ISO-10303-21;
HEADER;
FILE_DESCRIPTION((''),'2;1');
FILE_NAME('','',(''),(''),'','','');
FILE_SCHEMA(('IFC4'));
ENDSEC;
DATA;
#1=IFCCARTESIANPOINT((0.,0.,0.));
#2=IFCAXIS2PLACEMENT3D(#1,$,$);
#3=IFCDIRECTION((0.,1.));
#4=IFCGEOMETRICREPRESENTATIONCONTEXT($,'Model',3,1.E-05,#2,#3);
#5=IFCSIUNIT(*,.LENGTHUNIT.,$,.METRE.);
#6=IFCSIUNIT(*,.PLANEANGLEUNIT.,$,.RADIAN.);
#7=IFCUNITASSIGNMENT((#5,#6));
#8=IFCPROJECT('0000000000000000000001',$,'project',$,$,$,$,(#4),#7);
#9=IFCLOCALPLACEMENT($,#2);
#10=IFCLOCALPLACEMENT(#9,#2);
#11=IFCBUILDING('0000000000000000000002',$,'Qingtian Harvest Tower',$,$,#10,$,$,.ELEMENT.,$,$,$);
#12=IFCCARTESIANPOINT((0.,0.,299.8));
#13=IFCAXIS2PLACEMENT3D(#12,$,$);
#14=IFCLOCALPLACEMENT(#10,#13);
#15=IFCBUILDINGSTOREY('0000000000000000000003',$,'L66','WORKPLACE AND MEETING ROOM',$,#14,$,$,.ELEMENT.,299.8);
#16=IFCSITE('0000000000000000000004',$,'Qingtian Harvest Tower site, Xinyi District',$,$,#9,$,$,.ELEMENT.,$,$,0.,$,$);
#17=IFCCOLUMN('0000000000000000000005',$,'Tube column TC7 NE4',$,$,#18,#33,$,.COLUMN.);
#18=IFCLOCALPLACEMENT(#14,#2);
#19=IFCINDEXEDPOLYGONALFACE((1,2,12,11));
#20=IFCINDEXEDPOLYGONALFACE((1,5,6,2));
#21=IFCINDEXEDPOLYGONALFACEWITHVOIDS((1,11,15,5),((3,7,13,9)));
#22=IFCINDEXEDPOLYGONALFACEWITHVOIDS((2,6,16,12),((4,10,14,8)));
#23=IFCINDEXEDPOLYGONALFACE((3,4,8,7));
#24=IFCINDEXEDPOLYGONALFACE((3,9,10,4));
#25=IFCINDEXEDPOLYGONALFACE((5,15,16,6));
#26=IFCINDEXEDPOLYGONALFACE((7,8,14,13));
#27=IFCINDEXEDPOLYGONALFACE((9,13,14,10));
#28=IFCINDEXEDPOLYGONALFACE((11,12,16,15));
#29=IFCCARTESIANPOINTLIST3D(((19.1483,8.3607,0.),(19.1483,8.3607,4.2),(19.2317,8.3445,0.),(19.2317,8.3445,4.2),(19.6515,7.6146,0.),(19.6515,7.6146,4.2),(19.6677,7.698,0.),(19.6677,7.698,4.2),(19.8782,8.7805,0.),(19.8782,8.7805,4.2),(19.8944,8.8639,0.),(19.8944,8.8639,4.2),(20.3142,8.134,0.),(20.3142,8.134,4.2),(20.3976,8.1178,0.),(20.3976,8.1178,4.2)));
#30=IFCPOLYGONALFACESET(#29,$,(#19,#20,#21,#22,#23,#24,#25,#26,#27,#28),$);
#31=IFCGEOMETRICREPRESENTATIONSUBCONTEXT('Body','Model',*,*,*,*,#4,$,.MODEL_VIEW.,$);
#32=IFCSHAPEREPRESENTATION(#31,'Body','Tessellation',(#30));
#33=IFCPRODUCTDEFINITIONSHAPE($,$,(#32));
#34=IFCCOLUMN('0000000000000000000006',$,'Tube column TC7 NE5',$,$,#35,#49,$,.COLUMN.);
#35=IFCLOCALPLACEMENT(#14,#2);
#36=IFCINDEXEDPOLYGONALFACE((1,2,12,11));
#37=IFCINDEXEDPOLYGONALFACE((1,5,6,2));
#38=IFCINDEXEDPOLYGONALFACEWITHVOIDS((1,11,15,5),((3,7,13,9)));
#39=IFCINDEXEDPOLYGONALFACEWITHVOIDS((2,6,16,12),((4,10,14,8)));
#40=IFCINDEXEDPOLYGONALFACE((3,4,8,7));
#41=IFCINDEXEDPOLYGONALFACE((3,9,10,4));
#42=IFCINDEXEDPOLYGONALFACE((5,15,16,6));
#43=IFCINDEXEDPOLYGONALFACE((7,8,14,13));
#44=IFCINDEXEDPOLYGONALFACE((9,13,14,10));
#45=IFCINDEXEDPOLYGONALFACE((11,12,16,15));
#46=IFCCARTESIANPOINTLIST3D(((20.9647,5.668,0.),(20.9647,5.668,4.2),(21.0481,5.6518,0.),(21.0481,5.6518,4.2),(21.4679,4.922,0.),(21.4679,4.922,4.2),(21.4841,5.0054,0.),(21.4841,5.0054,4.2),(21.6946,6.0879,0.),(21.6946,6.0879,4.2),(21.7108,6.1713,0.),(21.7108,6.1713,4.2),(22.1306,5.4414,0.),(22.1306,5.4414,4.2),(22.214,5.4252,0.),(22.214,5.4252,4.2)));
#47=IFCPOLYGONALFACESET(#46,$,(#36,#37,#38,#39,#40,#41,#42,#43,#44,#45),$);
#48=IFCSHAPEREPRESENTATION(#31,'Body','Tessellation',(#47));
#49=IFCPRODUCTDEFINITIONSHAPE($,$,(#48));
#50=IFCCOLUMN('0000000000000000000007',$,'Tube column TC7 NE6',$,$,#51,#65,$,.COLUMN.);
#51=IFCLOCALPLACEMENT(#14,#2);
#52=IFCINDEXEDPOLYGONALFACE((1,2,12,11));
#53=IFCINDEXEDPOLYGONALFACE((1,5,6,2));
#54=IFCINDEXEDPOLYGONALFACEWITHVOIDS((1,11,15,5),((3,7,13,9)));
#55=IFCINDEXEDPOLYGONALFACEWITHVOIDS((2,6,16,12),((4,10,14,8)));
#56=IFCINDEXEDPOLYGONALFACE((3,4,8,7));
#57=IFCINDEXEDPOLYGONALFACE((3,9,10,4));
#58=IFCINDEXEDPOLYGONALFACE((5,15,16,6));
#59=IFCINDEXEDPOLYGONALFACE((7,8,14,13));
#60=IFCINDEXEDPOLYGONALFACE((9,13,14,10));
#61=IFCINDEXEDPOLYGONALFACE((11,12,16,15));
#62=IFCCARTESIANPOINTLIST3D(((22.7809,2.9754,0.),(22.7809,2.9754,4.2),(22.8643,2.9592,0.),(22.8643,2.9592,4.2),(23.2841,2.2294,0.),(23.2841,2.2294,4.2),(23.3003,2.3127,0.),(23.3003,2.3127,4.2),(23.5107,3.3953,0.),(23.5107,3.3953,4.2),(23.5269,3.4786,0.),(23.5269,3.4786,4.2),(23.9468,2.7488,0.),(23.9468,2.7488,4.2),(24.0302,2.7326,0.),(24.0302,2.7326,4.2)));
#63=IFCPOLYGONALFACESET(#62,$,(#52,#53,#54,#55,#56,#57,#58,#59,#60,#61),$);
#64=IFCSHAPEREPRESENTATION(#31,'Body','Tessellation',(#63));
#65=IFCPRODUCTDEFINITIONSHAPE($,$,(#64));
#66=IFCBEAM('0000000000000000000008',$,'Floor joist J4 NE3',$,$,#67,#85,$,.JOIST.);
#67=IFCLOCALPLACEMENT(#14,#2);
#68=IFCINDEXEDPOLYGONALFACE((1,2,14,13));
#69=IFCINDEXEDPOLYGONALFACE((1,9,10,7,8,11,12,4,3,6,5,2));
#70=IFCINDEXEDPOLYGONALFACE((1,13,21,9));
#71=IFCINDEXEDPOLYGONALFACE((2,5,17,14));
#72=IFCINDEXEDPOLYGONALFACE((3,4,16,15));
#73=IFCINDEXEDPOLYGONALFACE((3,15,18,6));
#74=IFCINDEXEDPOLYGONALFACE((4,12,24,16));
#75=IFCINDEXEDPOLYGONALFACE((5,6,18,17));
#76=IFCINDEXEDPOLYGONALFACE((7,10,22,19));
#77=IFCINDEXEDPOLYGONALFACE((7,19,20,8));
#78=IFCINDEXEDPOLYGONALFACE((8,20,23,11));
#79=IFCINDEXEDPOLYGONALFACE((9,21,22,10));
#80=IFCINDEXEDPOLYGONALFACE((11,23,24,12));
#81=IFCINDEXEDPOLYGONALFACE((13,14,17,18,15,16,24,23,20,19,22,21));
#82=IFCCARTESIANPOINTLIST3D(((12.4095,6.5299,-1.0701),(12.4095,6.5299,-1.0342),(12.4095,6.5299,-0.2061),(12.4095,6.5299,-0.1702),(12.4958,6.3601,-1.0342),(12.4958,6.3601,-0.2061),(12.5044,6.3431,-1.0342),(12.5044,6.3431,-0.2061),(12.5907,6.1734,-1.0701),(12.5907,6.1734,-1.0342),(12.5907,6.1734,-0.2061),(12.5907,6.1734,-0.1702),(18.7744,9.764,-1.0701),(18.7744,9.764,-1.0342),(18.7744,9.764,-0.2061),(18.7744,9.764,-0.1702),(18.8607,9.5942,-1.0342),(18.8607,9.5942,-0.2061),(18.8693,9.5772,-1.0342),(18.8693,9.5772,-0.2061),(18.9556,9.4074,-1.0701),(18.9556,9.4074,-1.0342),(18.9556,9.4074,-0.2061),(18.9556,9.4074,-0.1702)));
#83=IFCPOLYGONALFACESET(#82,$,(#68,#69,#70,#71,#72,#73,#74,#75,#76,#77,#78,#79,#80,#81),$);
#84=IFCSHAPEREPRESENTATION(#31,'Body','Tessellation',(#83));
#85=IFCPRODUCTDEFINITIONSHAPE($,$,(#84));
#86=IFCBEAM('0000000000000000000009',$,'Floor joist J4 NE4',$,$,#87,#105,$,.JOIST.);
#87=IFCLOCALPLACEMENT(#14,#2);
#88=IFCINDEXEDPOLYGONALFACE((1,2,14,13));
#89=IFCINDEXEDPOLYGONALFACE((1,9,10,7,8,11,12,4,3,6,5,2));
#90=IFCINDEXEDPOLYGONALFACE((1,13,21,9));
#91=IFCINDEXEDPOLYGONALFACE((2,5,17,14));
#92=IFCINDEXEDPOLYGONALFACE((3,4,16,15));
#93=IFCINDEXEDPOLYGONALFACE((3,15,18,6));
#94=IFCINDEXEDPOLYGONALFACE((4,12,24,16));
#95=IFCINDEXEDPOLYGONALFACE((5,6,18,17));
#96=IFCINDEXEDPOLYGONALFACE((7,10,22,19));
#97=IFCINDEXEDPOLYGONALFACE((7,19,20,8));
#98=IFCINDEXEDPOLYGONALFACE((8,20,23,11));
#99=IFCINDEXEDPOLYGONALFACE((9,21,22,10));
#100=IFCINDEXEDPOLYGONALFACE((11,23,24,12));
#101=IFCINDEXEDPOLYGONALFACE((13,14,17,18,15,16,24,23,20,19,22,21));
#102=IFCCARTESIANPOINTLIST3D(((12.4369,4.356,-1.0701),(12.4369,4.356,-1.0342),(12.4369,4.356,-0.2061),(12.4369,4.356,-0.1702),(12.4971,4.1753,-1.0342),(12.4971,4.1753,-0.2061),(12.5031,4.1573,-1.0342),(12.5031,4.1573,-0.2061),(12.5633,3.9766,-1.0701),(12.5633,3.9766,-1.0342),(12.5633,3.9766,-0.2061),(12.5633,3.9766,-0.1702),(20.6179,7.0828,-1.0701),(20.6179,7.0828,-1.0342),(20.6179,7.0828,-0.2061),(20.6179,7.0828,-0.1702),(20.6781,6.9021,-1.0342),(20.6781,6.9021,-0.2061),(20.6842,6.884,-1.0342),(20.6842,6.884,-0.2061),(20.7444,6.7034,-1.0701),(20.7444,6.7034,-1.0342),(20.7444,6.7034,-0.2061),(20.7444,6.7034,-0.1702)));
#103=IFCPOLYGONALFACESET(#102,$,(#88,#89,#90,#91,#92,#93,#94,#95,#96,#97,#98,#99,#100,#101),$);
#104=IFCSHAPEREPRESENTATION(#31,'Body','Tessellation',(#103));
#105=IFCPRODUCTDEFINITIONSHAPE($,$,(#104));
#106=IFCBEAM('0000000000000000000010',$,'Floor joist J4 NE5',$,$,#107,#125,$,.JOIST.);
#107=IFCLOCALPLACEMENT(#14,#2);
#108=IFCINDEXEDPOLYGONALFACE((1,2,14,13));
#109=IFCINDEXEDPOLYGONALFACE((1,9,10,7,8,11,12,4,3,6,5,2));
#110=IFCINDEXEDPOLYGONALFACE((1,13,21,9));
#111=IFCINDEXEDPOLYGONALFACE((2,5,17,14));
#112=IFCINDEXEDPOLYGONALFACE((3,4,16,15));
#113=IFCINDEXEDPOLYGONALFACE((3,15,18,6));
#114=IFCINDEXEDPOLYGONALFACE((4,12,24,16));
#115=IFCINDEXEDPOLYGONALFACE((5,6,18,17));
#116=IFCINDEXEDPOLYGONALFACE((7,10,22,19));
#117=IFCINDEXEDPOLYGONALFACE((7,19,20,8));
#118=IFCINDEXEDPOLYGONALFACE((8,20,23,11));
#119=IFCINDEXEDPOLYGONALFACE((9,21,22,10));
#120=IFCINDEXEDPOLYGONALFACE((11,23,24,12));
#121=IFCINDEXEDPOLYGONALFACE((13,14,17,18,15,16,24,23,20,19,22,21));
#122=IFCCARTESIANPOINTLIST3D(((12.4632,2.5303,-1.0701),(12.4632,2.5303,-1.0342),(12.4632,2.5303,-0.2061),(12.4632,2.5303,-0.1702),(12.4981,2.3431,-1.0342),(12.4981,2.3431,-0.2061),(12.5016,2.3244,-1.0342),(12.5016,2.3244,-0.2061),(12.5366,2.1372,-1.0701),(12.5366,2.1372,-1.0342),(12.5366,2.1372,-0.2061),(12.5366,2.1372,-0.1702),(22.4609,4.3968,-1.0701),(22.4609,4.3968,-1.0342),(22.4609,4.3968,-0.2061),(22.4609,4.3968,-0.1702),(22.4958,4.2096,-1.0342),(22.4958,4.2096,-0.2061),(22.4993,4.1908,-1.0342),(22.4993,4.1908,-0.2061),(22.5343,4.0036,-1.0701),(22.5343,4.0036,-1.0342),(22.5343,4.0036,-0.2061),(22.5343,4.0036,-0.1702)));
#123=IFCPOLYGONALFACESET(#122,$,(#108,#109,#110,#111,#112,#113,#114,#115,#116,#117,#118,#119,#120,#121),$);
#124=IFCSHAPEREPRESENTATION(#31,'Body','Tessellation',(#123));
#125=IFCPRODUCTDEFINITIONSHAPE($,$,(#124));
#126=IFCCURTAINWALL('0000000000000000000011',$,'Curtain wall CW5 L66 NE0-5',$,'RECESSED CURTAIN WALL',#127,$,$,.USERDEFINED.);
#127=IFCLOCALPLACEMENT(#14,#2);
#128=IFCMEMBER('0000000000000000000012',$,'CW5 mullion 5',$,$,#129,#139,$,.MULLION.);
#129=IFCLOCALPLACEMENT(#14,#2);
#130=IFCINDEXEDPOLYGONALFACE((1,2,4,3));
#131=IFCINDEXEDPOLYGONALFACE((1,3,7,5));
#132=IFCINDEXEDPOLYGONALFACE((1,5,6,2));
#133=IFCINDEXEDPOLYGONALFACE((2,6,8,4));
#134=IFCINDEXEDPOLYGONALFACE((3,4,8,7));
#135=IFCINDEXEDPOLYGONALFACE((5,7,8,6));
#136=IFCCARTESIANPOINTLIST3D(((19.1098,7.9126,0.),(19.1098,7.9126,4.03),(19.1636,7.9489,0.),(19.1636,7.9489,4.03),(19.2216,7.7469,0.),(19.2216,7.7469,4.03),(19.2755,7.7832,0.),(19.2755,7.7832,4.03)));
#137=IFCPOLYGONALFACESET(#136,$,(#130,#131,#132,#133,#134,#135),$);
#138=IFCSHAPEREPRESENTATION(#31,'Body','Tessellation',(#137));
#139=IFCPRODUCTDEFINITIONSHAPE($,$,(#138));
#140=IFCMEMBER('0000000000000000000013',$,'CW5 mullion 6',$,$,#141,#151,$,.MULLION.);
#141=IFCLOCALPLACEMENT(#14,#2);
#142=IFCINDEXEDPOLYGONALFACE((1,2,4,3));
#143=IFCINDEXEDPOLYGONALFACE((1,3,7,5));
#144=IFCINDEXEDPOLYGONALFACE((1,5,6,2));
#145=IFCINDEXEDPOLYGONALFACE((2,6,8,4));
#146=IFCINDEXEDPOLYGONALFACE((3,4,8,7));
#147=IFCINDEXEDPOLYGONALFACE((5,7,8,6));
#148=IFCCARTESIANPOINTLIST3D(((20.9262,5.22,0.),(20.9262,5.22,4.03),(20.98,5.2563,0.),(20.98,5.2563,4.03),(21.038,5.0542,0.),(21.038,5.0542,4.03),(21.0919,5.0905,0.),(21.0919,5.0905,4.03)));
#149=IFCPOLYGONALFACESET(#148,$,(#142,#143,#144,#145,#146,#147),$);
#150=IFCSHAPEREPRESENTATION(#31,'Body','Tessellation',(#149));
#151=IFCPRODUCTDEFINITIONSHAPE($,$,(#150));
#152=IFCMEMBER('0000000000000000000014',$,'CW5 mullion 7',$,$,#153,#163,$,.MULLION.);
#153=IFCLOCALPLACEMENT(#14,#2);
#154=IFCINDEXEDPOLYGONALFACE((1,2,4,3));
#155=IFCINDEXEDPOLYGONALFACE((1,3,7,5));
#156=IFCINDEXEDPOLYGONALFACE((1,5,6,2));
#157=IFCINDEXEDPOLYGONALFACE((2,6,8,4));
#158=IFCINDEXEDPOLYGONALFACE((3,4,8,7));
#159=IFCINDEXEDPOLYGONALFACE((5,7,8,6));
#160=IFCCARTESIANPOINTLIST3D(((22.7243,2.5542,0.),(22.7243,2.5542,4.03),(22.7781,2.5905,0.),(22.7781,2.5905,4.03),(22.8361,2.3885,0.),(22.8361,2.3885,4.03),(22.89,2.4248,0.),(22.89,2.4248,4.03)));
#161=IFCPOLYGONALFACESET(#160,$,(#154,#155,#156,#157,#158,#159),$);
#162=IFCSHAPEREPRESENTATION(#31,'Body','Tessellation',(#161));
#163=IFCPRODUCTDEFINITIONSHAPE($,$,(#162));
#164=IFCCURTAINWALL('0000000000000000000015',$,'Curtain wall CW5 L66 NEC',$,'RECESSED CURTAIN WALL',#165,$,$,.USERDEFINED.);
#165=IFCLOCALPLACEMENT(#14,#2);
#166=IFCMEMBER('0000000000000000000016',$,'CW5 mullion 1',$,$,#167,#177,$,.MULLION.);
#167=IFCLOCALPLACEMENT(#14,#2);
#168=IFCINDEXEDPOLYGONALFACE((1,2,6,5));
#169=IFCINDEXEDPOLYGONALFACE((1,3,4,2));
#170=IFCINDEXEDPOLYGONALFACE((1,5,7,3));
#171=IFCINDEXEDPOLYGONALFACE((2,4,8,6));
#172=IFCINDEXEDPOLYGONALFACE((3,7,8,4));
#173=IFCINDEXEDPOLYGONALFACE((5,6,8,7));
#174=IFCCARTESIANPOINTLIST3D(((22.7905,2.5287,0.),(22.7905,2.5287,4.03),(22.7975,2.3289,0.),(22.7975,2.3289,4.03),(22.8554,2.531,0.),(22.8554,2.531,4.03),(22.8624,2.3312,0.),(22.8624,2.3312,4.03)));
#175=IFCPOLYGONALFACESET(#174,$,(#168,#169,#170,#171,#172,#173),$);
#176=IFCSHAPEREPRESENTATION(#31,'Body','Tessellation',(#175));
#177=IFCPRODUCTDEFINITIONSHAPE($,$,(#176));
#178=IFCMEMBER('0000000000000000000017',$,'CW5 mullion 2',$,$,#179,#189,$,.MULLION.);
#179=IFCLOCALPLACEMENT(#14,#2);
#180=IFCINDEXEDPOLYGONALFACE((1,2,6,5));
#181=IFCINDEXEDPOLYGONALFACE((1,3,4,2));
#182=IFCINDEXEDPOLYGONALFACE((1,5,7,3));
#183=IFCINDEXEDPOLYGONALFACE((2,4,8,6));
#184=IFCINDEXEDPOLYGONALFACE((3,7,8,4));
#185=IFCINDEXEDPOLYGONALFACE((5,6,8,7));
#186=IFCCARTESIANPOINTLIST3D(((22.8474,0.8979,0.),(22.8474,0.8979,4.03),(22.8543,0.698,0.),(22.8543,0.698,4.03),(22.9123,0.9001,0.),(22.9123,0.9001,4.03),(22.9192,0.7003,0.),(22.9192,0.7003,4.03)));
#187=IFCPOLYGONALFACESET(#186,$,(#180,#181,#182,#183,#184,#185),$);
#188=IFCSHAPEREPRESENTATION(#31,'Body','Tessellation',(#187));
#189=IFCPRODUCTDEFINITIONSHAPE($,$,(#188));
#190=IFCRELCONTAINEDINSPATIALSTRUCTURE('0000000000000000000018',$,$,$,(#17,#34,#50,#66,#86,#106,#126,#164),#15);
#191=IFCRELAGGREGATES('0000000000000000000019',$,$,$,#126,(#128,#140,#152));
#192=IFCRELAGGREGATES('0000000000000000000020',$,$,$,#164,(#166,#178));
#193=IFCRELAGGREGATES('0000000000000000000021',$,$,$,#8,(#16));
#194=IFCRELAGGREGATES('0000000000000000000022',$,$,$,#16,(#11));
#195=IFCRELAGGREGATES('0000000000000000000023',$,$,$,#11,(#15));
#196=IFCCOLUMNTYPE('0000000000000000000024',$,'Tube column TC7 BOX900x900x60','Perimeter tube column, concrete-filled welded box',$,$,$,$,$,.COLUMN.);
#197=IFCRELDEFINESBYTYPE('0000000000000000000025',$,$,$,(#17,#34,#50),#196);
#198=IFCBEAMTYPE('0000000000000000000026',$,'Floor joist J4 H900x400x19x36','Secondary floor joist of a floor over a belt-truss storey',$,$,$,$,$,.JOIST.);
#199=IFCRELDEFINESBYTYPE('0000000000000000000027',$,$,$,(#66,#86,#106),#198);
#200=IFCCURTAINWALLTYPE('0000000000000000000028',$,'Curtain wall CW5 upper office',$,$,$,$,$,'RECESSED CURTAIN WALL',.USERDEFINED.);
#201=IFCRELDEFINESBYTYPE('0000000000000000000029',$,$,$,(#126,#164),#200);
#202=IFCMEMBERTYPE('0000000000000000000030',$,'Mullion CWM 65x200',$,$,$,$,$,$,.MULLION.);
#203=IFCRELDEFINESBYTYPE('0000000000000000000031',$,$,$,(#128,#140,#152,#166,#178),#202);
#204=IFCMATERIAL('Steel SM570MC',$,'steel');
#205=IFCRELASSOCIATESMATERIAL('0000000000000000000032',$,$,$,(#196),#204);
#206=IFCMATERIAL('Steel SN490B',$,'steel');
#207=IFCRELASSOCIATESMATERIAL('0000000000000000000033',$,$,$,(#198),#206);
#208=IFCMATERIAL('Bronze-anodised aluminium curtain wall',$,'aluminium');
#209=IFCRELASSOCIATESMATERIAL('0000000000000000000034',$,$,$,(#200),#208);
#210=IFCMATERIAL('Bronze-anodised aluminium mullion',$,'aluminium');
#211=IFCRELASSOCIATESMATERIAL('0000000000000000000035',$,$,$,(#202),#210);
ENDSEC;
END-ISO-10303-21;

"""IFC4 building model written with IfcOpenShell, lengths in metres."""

from ifc_helpers import new_model, si_unit, direction, frame, origin, origin_2d, place, context, subcontext, project, spatial, rectangle, hollow_rectangle, i_section, extrude, material, material_profile, profile_set, type_object, element, aggregate, save


model = new_model("IFC4")

# Units and contexts
model_context = context("Model", 3, precision=1e-05, world=origin(), true_north=direction((0.0, 1.0)))
body_context = subcontext(model_context, "Body", "Model", "MODEL_VIEW")
ifc_project = project(units=[si_unit("LENGTHUNIT", "METRE"), si_unit("PLANEANGLEUNIT", "RADIAN")], contexts=[model_context])

# Site, building, storey
site_placement = place(None, origin())
site = spatial("IfcSite", under=ifc_project, at=site_placement, Name="Qingtian Harvest Tower site, Xinyi District", CompositionType="ELEMENT", RefElevation=0.0)
building_placement = place(site_placement, origin())
building = spatial("IfcBuilding", under=site, at=building_placement, Name="Qingtian Harvest Tower", CompositionType="ELEMENT")
storey_placement = place(building_placement, frame((0.0, 0.0, 299.8)))
storey = spatial("IfcBuildingStorey", under=building, at=storey_placement, Name="L66", Description="WORKPLACE AND MEETING ROOM", CompositionType="ELEMENT", Elevation=299.8)

# Columns
ifc_material_1 = material(Name="Steel SM570MC", Category="steel")
ifc_material_profile_1 = material_profile(ifc_material_1, hollow_rectangle(XDim=0.8999, YDim=0.8999, WallThickness=0.0601, at=origin_2d()), Name="BOX900x900x60")
ifc_profile_set_1 = profile_set([ifc_material_profile_1], Name="Steel SM570MC")
column_type = type_object("IfcColumnType", Name="Tube column TC7 BOX900x900x60", Description="Perimeter tube column, concrete-filled welded box", PredefinedType="COLUMN", material=ifc_profile_set_1)
for number, where, z_axis, x_axis, name in (
    (1, (19.7729, 8.2393, 0.0), (0.0, 0.0, 1.0), (-0.559193, 0.829038, 0.0), "Tube column TC7 NE4"),
    (2, (21.5894, 5.5466, 0.0), (0.0, 0.0, 1.0), (-0.559193, 0.829038, 0.0), "Tube column TC7 NE5"),
    (3, (23.4055, 2.854, 0.0), (0.0, 0.0, 1.0), (-0.559193, 0.829038, 0.0), "Tube column TC7 NE6"),
):
    element("IfcColumn", number, at=place(storey_placement, frame(where, z_axis=z_axis, x_axis=x_axis)), inside=storey, type_object=column_type, Name=name, PredefinedType="COLUMN", context=body_context, shape_type="SweptSolid", body=[
        extrude(hollow_rectangle(XDim=0.8999, YDim=0.8999, WallThickness=0.0601, at=origin_2d()), origin(), (0.0, 0.0, 1.0), 4.2),
    ])

# Beams
ifc_material_2 = material(Name="Steel SN490B", Category="steel")
ifc_material_profile_2 = material_profile(ifc_material_2, i_section(OverallWidth=0.3999, OverallDepth=0.8999, WebThickness=0.019, FlangeThickness=0.0359, at=origin_2d()), Name="H900x400x19x36")
ifc_profile_set_2 = profile_set([ifc_material_profile_2], Name="Steel SN490B")
beam_type_1 = type_object("IfcBeamType", Name="Floor joist J4 H900x400x19x36", Description="Secondary floor joist of a floor over a belt-truss storey", PredefinedType="JOIST", material=ifc_profile_set_2)
beam_1_placement = place(storey_placement, frame((18.865, 9.5857, -0.6201), z_axis=(-0.891516, -0.45299, 0.0), x_axis=(0.45299, -0.891516, 0.0)))
element("IfcBeam", 4, at=beam_1_placement, inside=storey, type_object=beam_type_1, Name="Floor joist J4 NE3", PredefinedType="JOIST", context=body_context, shape_type="SweptSolid", body=[
    extrude(i_section(OverallWidth=0.3999, OverallDepth=0.8999, WebThickness=0.019, FlangeThickness=0.0359, at=origin_2d()), origin(), (0.0, 0.0, 1.0), 7.1394),
])
beam_2_placement = place(storey_placement, frame((20.6812, 6.8931, -0.6201), z_axis=(-0.948692, -0.316202, 0.0), x_axis=(0.316202, -0.948692, 0.0)))
element("IfcBeam", 5, at=beam_2_placement, inside=storey, type_object=beam_type_1, Name="Floor joist J4 NE4", PredefinedType="JOIST", context=body_context, shape_type="SweptSolid", body=[
    extrude(i_section(OverallWidth=0.3999, OverallDepth=0.8999, WebThickness=0.019, FlangeThickness=0.0359, at=origin_2d()), origin(), (0.0, 0.0, 1.0), 8.6235),
])
beam_3_placement = place(storey_placement, frame((22.4976, 4.2002, -0.6201), z_axis=(-0.983016, -0.18352, 0.0), x_axis=(0.18352, -0.983016, 0.0)))
element("IfcBeam", 6, at=beam_3_placement, inside=storey, type_object=beam_type_1, Name="Floor joist J4 NE5", PredefinedType="JOIST", context=body_context, shape_type="SweptSolid", body=[
    extrude(i_section(OverallWidth=0.3999, OverallDepth=0.8999, WebThickness=0.019, FlangeThickness=0.0359, at=origin_2d()), origin(), (0.0, 0.0, 1.0), 10.1704),
])

# Curtain walls, members
ifc_material_3 = material(Name="Bronze-anodised aluminium curtain wall", Category="aluminium")
curtain_wall_type = type_object("IfcCurtainWallType", Name="Curtain wall CW5 upper office", ElementType="RECESSED CURTAIN WALL", PredefinedType="USERDEFINED", material=ifc_material_3)
curtain_wall_1_placement = place(storey_placement, origin())
curtain_wall_1 = element("IfcCurtainWall", 7, at=curtain_wall_1_placement, inside=storey, type_object=curtain_wall_type, Name="Curtain wall CW5 L66 NE0-5", ObjectType="RECESSED CURTAIN WALL", PredefinedType="USERDEFINED")
ifc_material_4 = material(Name="Bronze-anodised aluminium mullion", Category="aluminium")
ifc_material_profile_3 = material_profile(ifc_material_4, rectangle(XDim=0.0649, YDim=0.2, at=origin_2d()), Name="AL 65x200")
ifc_profile_set_3 = profile_set([ifc_material_profile_3], Name="Bronze-anodised aluminium mullion")
member_type_1 = type_object("IfcMemberType", Name="Mullion CWM 65x200", PredefinedType="MULLION", material=ifc_profile_set_3)
member_1_placement = place(storey_placement, frame((19.1926, 7.8479, 0.0), z_axis=(0.0, 0.0, 1.0), x_axis=(0.829038, 0.559193, 0.0)))
member_1 = element("IfcMember", 8, at=member_1_placement, type_object=member_type_1, Name="CW5 mullion 5", PredefinedType="MULLION", context=body_context, shape_type="SweptSolid", body=[
    extrude(rectangle(XDim=0.0649, YDim=0.2, at=origin_2d()), origin(), (0.0, 0.0, 1.0), 4.03),
])
member_2_placement = place(storey_placement, frame((21.009, 5.1553, 0.0), z_axis=(0.0, 0.0, 1.0), x_axis=(0.829038, 0.559193, 0.0)))
member_2 = element("IfcMember", 9, at=member_2_placement, type_object=member_type_1, Name="CW5 mullion 6", PredefinedType="MULLION", context=body_context, shape_type="SweptSolid", body=[
    extrude(rectangle(XDim=0.0649, YDim=0.2, at=origin_2d()), origin(), (0.0, 0.0, 1.0), 4.03),
])
member_3_placement = place(storey_placement, frame((22.8071, 2.4895, 0.0), z_axis=(0.0, 0.0, 1.0), x_axis=(0.829038, 0.559193, 0.0)))
member_3 = element("IfcMember", 10, at=member_3_placement, type_object=member_type_1, Name="CW5 mullion 7", PredefinedType="MULLION", context=body_context, shape_type="SweptSolid", body=[
    extrude(rectangle(XDim=0.0649, YDim=0.2, at=origin_2d()), origin(), (0.0, 0.0, 1.0), 4.03),
])
curtain_wall_2_placement = place(storey_placement, origin())
curtain_wall_2 = element("IfcCurtainWall", 11, at=curtain_wall_2_placement, inside=storey, type_object=curtain_wall_type, Name="Curtain wall CW5 L66 NEC", ObjectType="RECESSED CURTAIN WALL", PredefinedType="USERDEFINED")
member_4_placement = place(storey_placement, frame((22.8264, 2.4299, 0.0), z_axis=(0.0, 0.0, 1.0), x_axis=(0.999391, 0.034899, 0.0)))
member_4 = element("IfcMember", 12, at=member_4_placement, type_object=member_type_1, Name="CW5 mullion 1", PredefinedType="MULLION", context=body_context, shape_type="SweptSolid", body=[
    extrude(rectangle(XDim=0.0649, YDim=0.2, at=origin_2d()), origin(), (0.0, 0.0, 1.0), 4.03),
])
member_5_placement = place(storey_placement, frame((22.8833, 0.7991, 0.0), z_axis=(0.0, 0.0, 1.0), x_axis=(0.999391, 0.034899, 0.0)))
member_5 = element("IfcMember", 13, at=member_5_placement, type_object=member_type_1, Name="CW5 mullion 2", PredefinedType="MULLION", context=body_context, shape_type="SweptSolid", body=[
    extrude(rectangle(XDim=0.0649, YDim=0.2, at=origin_2d()), origin(), (0.0, 0.0, 1.0), 4.03),
])

aggregate(curtain_wall_1, [member_1, member_2, member_3])
aggregate(curtain_wall_2, [member_4, member_5])

save(model, "model.ifc")
